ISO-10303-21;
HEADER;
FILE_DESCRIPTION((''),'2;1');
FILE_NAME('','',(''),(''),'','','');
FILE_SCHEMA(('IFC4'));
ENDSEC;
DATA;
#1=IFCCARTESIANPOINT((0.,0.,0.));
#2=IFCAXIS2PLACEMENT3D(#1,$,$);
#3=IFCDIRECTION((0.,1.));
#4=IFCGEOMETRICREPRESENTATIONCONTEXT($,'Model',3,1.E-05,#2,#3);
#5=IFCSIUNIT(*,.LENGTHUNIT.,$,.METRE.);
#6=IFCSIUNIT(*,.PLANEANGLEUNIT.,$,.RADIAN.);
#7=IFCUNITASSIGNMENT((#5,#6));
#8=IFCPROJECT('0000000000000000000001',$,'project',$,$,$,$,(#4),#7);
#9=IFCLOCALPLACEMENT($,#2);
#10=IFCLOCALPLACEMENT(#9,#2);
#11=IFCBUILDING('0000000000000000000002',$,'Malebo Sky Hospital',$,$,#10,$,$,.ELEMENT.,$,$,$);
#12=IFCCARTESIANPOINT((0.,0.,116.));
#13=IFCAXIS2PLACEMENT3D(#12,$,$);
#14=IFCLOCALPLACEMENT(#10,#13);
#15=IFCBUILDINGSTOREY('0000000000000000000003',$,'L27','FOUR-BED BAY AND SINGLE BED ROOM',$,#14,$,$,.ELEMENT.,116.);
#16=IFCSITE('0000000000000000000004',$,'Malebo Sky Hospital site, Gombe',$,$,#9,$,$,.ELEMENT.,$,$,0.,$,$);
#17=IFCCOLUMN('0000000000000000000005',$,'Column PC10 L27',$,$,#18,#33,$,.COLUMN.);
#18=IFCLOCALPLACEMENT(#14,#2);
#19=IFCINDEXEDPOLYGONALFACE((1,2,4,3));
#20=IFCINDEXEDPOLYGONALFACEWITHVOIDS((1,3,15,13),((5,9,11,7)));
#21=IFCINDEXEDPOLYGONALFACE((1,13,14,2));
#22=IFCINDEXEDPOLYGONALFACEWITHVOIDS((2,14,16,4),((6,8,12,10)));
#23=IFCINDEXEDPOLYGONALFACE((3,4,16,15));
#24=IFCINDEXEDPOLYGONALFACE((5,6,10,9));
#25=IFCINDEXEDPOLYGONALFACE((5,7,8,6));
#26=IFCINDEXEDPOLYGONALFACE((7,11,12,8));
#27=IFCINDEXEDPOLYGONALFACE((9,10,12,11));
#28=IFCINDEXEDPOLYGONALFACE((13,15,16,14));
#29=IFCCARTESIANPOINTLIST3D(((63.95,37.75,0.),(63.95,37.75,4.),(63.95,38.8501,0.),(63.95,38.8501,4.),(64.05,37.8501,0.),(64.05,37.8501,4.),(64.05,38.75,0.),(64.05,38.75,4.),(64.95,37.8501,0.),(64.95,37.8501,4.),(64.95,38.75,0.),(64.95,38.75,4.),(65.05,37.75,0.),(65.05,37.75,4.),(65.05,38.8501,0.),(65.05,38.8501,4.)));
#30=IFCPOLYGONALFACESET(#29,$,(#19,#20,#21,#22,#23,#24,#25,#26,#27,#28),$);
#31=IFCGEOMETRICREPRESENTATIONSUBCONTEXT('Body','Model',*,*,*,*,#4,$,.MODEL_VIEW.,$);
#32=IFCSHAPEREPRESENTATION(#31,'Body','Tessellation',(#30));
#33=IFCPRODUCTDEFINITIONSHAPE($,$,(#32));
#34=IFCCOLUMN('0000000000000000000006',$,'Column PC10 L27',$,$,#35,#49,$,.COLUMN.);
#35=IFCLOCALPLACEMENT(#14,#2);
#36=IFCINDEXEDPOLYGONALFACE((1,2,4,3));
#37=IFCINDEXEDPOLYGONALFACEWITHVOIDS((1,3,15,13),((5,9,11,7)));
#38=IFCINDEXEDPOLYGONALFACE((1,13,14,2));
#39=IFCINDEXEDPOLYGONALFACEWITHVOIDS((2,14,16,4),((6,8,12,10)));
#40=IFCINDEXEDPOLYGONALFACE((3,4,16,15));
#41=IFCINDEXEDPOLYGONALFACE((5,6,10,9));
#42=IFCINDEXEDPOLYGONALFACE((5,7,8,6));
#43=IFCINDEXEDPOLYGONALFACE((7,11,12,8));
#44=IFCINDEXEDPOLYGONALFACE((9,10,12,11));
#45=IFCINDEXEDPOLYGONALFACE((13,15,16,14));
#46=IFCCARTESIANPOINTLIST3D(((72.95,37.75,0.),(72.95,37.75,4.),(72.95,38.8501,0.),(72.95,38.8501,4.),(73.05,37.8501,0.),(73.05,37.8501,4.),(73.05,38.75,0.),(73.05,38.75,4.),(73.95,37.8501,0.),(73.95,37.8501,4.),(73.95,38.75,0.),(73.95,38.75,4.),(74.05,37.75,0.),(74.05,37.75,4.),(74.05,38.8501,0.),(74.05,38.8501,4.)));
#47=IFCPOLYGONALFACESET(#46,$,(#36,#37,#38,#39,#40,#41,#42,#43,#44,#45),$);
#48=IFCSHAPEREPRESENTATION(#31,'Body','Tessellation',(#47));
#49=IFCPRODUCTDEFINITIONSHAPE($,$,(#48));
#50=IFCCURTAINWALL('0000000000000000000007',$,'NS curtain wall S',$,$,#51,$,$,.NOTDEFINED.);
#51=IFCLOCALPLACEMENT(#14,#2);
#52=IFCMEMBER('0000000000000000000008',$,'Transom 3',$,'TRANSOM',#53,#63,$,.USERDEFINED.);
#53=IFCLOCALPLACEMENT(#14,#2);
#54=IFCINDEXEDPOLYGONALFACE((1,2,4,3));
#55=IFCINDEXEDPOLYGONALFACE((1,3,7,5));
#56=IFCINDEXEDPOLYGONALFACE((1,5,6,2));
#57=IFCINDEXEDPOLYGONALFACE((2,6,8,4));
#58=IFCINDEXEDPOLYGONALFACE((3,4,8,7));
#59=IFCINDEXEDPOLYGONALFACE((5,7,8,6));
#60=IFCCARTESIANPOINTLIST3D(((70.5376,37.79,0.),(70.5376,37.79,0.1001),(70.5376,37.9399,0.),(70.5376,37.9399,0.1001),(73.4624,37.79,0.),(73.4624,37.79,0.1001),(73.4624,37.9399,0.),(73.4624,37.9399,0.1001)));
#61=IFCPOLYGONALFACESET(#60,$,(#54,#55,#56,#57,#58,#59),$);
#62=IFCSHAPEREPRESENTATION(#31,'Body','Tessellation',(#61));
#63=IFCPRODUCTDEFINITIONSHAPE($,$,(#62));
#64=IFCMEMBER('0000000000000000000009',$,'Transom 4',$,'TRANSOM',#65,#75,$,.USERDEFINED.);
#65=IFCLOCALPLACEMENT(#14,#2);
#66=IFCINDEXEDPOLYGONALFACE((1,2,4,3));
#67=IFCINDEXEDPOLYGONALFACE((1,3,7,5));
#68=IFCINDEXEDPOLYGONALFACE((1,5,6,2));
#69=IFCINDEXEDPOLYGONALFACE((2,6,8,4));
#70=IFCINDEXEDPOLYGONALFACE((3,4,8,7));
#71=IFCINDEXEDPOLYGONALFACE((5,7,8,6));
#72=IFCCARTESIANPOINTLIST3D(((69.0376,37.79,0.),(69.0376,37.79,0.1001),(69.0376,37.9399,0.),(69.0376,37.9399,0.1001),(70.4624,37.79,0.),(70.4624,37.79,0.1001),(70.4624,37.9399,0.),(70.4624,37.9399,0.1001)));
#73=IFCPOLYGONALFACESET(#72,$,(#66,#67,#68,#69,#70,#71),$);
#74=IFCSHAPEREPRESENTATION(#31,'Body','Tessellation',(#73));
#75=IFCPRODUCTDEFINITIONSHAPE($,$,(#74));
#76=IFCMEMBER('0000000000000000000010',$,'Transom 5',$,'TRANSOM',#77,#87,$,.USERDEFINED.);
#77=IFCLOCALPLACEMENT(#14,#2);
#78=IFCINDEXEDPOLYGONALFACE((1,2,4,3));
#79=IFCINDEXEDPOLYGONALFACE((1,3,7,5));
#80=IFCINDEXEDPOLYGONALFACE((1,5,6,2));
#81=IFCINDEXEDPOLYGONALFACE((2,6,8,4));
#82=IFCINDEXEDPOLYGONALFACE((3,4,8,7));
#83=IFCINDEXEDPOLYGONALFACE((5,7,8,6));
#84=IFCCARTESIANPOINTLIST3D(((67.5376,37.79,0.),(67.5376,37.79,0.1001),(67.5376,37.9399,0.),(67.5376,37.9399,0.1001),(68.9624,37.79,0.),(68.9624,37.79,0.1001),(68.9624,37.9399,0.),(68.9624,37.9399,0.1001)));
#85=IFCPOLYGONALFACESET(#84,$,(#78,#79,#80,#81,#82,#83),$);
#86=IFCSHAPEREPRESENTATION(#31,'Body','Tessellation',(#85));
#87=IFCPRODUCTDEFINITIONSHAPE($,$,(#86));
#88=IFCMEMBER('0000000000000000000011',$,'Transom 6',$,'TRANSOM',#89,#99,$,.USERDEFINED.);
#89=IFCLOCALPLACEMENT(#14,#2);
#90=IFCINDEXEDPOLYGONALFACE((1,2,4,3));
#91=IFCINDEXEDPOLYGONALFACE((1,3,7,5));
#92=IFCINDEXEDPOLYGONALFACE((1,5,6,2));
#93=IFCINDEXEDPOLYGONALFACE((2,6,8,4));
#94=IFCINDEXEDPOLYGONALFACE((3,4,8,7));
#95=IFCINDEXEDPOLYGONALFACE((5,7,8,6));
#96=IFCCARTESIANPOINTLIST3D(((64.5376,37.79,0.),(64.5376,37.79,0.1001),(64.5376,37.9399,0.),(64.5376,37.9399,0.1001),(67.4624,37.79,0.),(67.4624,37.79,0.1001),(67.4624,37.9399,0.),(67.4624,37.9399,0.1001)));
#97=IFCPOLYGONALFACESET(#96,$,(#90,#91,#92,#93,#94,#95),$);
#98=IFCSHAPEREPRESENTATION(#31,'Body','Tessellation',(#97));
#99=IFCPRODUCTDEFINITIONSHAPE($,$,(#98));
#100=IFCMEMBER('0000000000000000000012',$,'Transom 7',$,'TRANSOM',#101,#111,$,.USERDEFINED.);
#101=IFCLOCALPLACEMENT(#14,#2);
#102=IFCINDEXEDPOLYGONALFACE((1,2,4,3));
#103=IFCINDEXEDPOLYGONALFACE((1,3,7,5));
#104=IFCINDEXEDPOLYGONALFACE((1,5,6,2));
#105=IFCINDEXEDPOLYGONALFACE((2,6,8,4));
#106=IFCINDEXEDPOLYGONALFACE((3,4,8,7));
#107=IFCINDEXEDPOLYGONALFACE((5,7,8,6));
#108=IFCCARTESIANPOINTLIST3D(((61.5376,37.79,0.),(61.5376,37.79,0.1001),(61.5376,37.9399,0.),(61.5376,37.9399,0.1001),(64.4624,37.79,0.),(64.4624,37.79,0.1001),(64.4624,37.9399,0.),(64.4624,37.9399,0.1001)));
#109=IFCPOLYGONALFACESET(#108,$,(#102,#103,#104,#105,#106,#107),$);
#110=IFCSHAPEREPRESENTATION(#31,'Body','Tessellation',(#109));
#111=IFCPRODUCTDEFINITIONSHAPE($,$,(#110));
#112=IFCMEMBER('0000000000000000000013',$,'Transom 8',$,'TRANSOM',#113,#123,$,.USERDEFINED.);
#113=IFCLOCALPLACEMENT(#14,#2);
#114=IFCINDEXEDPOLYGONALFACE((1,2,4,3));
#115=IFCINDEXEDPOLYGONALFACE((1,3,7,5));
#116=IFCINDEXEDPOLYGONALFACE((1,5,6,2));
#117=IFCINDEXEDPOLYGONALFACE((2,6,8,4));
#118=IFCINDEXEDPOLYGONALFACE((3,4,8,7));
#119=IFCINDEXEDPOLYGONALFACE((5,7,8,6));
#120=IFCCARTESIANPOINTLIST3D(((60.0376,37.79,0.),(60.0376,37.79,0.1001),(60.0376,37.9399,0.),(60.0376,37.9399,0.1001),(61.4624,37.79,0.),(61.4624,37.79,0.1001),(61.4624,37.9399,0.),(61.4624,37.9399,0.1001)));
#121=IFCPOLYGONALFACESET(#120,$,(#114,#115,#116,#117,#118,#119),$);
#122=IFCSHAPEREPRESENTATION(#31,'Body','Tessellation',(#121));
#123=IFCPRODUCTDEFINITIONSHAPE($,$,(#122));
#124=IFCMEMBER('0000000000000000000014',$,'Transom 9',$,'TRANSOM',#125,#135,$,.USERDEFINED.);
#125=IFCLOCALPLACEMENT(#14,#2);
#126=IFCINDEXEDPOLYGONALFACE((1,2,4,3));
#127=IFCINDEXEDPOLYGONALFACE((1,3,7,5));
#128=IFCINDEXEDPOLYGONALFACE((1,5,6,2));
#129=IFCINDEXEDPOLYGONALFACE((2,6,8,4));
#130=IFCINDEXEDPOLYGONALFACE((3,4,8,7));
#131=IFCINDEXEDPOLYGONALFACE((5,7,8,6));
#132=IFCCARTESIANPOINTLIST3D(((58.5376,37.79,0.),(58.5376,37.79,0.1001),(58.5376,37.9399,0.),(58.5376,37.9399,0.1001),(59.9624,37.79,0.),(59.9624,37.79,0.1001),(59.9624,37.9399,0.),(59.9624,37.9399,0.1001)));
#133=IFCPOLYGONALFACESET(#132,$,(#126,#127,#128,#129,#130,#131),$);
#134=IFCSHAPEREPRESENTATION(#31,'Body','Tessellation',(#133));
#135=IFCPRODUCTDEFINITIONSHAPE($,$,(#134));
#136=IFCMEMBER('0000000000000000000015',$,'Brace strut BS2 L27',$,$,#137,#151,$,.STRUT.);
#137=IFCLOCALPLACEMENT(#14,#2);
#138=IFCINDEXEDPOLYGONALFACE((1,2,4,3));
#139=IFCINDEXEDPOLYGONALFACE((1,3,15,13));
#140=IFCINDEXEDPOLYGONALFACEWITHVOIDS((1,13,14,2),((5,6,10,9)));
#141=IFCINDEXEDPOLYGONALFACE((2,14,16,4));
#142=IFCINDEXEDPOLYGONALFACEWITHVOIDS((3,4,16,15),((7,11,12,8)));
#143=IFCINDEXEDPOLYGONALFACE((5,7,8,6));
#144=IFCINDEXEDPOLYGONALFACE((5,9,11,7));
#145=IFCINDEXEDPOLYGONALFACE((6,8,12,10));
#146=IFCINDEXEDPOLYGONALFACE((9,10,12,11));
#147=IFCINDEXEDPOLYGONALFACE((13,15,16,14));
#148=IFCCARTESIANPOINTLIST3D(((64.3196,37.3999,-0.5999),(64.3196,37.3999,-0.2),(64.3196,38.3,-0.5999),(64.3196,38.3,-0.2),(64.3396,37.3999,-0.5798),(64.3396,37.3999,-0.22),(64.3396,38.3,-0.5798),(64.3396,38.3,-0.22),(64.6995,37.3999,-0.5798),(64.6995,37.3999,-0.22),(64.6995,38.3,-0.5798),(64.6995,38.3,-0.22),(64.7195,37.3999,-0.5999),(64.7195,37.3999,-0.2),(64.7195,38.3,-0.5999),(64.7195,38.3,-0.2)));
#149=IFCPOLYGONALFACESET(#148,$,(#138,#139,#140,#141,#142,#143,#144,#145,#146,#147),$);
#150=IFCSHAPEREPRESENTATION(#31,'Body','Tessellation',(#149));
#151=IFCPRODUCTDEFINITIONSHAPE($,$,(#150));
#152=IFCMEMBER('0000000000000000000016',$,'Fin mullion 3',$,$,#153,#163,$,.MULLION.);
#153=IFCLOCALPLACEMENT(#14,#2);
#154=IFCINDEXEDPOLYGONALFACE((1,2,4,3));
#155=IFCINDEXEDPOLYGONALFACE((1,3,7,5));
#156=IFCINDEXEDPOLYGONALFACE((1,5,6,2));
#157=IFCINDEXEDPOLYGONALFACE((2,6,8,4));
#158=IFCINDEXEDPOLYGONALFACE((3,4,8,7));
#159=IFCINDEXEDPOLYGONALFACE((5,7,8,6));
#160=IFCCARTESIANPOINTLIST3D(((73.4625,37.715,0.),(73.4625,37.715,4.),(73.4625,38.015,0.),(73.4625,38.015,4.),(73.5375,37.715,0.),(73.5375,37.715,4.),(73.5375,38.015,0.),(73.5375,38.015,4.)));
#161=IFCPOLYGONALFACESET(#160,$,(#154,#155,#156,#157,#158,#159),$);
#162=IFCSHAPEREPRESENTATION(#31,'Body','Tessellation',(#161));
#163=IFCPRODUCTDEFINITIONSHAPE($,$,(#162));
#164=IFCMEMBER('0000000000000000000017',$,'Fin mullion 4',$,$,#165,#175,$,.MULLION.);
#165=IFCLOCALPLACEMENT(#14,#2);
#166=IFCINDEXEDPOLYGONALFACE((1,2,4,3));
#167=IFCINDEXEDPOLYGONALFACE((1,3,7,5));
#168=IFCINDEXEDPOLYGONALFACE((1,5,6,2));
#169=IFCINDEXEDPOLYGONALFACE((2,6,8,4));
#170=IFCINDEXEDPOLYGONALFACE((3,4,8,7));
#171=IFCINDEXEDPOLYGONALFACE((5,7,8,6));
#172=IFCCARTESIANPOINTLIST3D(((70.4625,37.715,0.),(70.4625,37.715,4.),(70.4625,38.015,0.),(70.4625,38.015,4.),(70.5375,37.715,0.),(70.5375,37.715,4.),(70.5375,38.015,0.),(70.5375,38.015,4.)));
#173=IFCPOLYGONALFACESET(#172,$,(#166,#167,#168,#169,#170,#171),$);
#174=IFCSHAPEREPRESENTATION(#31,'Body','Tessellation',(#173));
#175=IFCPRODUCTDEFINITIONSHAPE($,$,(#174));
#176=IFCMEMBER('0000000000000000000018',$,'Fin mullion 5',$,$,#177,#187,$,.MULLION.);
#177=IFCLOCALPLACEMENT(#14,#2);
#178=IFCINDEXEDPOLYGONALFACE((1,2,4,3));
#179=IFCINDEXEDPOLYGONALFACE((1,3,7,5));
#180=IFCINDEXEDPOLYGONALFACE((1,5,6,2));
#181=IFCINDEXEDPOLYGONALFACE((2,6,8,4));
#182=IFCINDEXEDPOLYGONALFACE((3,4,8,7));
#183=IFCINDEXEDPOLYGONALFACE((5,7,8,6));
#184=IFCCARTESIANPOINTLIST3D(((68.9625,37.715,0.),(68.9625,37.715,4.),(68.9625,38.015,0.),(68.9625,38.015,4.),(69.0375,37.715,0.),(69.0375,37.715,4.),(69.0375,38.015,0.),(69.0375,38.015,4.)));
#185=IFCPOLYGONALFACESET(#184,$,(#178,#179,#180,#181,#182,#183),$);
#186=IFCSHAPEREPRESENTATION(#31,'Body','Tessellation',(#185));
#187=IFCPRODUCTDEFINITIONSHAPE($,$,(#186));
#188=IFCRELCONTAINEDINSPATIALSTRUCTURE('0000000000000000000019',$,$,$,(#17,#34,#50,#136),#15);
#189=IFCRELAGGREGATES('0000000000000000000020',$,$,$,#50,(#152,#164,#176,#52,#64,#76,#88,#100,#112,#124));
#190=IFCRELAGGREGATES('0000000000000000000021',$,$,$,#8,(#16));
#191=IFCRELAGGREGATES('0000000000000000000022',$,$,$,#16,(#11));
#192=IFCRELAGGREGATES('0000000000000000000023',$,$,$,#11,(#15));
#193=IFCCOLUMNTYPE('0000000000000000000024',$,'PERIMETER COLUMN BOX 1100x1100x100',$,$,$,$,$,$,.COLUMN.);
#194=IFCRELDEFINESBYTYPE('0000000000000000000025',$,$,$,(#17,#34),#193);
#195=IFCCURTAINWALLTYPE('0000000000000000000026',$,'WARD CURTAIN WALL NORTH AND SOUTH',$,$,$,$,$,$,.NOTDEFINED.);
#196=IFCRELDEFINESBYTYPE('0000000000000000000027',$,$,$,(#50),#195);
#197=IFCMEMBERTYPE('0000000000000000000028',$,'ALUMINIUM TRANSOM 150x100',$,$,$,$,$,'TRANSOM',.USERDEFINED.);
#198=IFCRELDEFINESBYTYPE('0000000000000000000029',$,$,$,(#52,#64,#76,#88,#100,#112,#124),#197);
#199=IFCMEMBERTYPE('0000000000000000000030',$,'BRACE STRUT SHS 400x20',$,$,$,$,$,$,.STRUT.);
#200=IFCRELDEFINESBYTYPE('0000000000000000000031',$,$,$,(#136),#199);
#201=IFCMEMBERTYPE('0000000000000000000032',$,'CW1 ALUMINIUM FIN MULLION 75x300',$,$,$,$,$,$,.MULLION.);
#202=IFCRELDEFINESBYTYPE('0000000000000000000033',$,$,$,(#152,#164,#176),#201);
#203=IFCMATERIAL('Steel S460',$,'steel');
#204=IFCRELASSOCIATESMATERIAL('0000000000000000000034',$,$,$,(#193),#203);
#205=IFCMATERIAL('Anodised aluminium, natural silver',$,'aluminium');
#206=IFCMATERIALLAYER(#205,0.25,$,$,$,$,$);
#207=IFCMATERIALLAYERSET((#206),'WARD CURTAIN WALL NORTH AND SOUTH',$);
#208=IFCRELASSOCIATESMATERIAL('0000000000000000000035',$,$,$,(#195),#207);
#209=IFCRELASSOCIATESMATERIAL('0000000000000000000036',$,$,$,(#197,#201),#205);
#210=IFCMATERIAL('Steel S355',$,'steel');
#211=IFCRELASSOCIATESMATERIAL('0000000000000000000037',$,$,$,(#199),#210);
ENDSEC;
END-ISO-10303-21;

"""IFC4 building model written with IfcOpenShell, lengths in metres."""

from ifc_helpers import new_model, si_unit, direction, frame, origin, origin_2d, place, context, subcontext, project, spatial, rectangle, hollow_rectangle, extrude, material, layer, layer_set, material_profile, profile_set, type_object, element, aggregate, save


model = new_model("IFC4")

# Units and contexts
model_context = context("Model", 3, precision=1e-05, world=origin(), true_north=direction((0.0, 1.0)))
body_context = subcontext(model_context, "Body", "Model", "MODEL_VIEW")
ifc_project = project(units=[si_unit("LENGTHUNIT", "METRE"), si_unit("PLANEANGLEUNIT", "RADIAN")], contexts=[model_context])

# Site, building, storey
site_placement = place(None, origin())
site = spatial("IfcSite", under=ifc_project, at=site_placement, Name="Malebo Sky Hospital site, Gombe", CompositionType="ELEMENT", RefElevation=0.0)
building_placement = place(site_placement, origin())
building = spatial("IfcBuilding", under=site, at=building_placement, Name="Malebo Sky Hospital", CompositionType="ELEMENT")
storey_placement = place(building_placement, frame((0.0, 0.0, 116.0)))
storey = spatial("IfcBuildingStorey", under=building, at=storey_placement, Name="L27", Description="FOUR-BED BAY AND SINGLE BED ROOM", CompositionType="ELEMENT", Elevation=116.0)

# Columns
ifc_material_1 = material(Name="Steel S460", Category="steel")
ifc_material_profile_1 = material_profile(ifc_material_1, hollow_rectangle(XDim=1.1001, YDim=1.1001, WallThickness=0.1001, at=origin_2d()), Name="BOX 1100x1100x100")
ifc_profile_set_1 = profile_set([ifc_material_profile_1], Name="Steel S460")
column_type = type_object("IfcColumnType", Name="PERIMETER COLUMN BOX 1100x1100x100", PredefinedType="COLUMN", material=ifc_profile_set_1)
for number, where, z_axis, x_axis, name in (
    (1, (64.5, 38.3, 0.0), (0.0, 0.0, 1.0), (1.0, 0.0, 0.0), "Column PC10 L27"),
    (2, (73.5, 38.3, 0.0), (0.0, 0.0, 1.0), (1.0, 0.0, 0.0), "Column PC10 L27"),
):
    element("IfcColumn", number, at=place(storey_placement, frame(where, z_axis=z_axis, x_axis=x_axis)), inside=storey, type_object=column_type, Name=name, PredefinedType="COLUMN", context=body_context, shape_type="SweptSolid", body=[
        extrude(hollow_rectangle(XDim=1.1001, YDim=1.1001, WallThickness=0.1001, at=origin_2d()), origin(), (0.0, 0.0, 1.0), 4.0),
    ])

# Curtain wall, members
ifc_material_2 = material(Name="Anodised aluminium, natural silver", Category="aluminium")
ifc_layer_1 = layer(ifc_material_2, 0.25)
ifc_layer_set_1 = layer_set([ifc_layer_1], Name="WARD CURTAIN WALL NORTH AND SOUTH")
curtain_wall_type = type_object("IfcCurtainWallType", Name="WARD CURTAIN WALL NORTH AND SOUTH", PredefinedType="NOTDEFINED", material=ifc_layer_set_1)
curtain_wall_placement = place(storey_placement, origin())
curtain_wall = element("IfcCurtainWall", 3, at=curtain_wall_placement, inside=storey, type_object=curtain_wall_type, Name="NS curtain wall S", PredefinedType="NOTDEFINED")
ifc_material_profile_2 = material_profile(ifc_material_2, rectangle(XDim=0.1499, YDim=0.1001, at=origin_2d()), Name="ALUMINIUM TRANSOM 150x100")
ifc_profile_set_2 = profile_set([ifc_material_profile_2], Name="Anodised aluminium, natural silver")
member_type_1 = type_object("IfcMemberType", Name="ALUMINIUM TRANSOM 150x100", ElementType="TRANSOM", PredefinedType="USERDEFINED", material=ifc_profile_set_2)
member_1_placement = place(storey_placement, frame((73.4624, 37.865, 0.05), z_axis=(-1.0, 0.0, 0.0), x_axis=(0.0, -1.0, 0.0)))
member_1 = element("IfcMember", 4, at=member_1_placement, type_object=member_type_1, Name="Transom 3", ObjectType="TRANSOM", PredefinedType="USERDEFINED", context=body_context, shape_type="SweptSolid", body=[
    extrude(rectangle(XDim=0.1499, YDim=0.1001, at=origin_2d()), origin(), (0.0, 0.0, 1.0), 2.9248),
])
member_2_placement = place(storey_placement, frame((70.4624, 37.865, 0.05), z_axis=(-1.0, 0.0, 0.0), x_axis=(0.0, -1.0, 0.0)))
member_2 = element("IfcMember", 5, at=member_2_placement, type_object=member_type_1, Name="Transom 4", ObjectType="TRANSOM", PredefinedType="USERDEFINED", context=body_context, shape_type="SweptSolid", body=[
    extrude(rectangle(XDim=0.1499, YDim=0.1001, at=origin_2d()), origin(), (0.0, 0.0, 1.0), 1.4248),
])
member_3_placement = place(storey_placement, frame((68.9624, 37.865, 0.05), z_axis=(-1.0, 0.0, 0.0), x_axis=(0.0, -1.0, 0.0)))
member_3 = element("IfcMember", 6, at=member_3_placement, type_object=member_type_1, Name="Transom 5", ObjectType="TRANSOM", PredefinedType="USERDEFINED", context=body_context, shape_type="SweptSolid", body=[
    extrude(rectangle(XDim=0.1499, YDim=0.1001, at=origin_2d()), origin(), (0.0, 0.0, 1.0), 1.4248),
])
member_4_placement = place(storey_placement, frame((67.4624, 37.865, 0.05), z_axis=(-1.0, 0.0, 0.0), x_axis=(0.0, -1.0, 0.0)))
member_4 = element("IfcMember", 7, at=member_4_placement, type_object=member_type_1, Name="Transom 6", ObjectType="TRANSOM", PredefinedType="USERDEFINED", context=body_context, shape_type="SweptSolid", body=[
    extrude(rectangle(XDim=0.1499, YDim=0.1001, at=origin_2d()), origin(), (0.0, 0.0, 1.0), 2.9248),
])
member_5_placement = place(storey_placement, frame((64.4624, 37.865, 0.05), z_axis=(-1.0, 0.0, 0.0), x_axis=(0.0, -1.0, 0.0)))
member_5 = element("IfcMember", 8, at=member_5_placement, type_object=member_type_1, Name="Transom 7", ObjectType="TRANSOM", PredefinedType="USERDEFINED", context=body_context, shape_type="SweptSolid", body=[
    extrude(rectangle(XDim=0.1499, YDim=0.1001, at=origin_2d()), origin(), (0.0, 0.0, 1.0), 2.9248),
])
member_6_placement = place(storey_placement, frame((61.4624, 37.865, 0.05), z_axis=(-1.0, 0.0, 0.0), x_axis=(0.0, -1.0, 0.0)))
member_6 = element("IfcMember", 9, at=member_6_placement, type_object=member_type_1, Name="Transom 8", ObjectType="TRANSOM", PredefinedType="USERDEFINED", context=body_context, shape_type="SweptSolid", body=[
    extrude(rectangle(XDim=0.1499, YDim=0.1001, at=origin_2d()), origin(), (0.0, 0.0, 1.0), 1.4248),
])
member_7_placement = place(storey_placement, frame((59.9624, 37.865, 0.05), z_axis=(-1.0, 0.0, 0.0), x_axis=(0.0, -1.0, 0.0)))
member_7 = element("IfcMember", 10, at=member_7_placement, type_object=member_type_1, Name="Transom 9", ObjectType="TRANSOM", PredefinedType="USERDEFINED", context=body_context, shape_type="SweptSolid", body=[
    extrude(rectangle(XDim=0.1499, YDim=0.1001, at=origin_2d()), origin(), (0.0, 0.0, 1.0), 1.4248),
])

# Members
ifc_material_3 = material(Name="Steel S355", Category="steel")
ifc_material_profile_3 = material_profile(ifc_material_3, hollow_rectangle(XDim=0.3999, YDim=0.3999, WallThickness=0.02, at=origin_2d()), Name="SHS 400x20")
ifc_profile_set_3 = profile_set([ifc_material_profile_3], Name="Steel S355")
member_type_2 = type_object("IfcMemberType", Name="BRACE STRUT SHS 400x20", PredefinedType="STRUT", material=ifc_profile_set_3)
member_8_placement = place(storey_placement, frame((64.5195, 37.3999, -0.3999), z_axis=(0.0, 1.0, 0.0), x_axis=(-1.0, 0.0, 0.0)))
element("IfcMember", 11, at=member_8_placement, inside=storey, type_object=member_type_2, Name="Brace strut BS2 L27", PredefinedType="STRUT", context=body_context, shape_type="SweptSolid", body=[
    extrude(hollow_rectangle(XDim=0.3999, YDim=0.3999, WallThickness=0.02, at=origin_2d()), origin(), (0.0, 0.0, 1.0), 0.9001),
])
ifc_material_profile_4 = material_profile(ifc_material_2, rectangle(XDim=0.075, YDim=0.3, at=origin_2d()), Name="CW1 ALUMINIUM FIN MULLION 75x300")
ifc_profile_set_4 = profile_set([ifc_material_profile_4], Name="Anodised aluminium, natural silver")
member_type_3 = type_object("IfcMemberType", Name="CW1 ALUMINIUM FIN MULLION 75x300", PredefinedType="MULLION", material=ifc_profile_set_4)
member_9_placement = place(storey_placement, frame((73.5, 37.865, 0.0), z_axis=(0.0, 0.0, 1.0), x_axis=(-1.0, 0.0, 0.0)))
member_9 = element("IfcMember", 12, at=member_9_placement, type_object=member_type_3, Name="Fin mullion 3", PredefinedType="MULLION", context=body_context, shape_type="SweptSolid", body=[
    extrude(rectangle(XDim=0.075, YDim=0.3, at=origin_2d()), origin(), (0.0, 0.0, 1.0), 4.0),
])
member_10_placement = place(storey_placement, frame((70.5, 37.865, 0.0), z_axis=(0.0, 0.0, 1.0), x_axis=(-1.0, 0.0, 0.0)))
member_10 = element("IfcMember", 13, at=member_10_placement, type_object=member_type_3, Name="Fin mullion 4", PredefinedType="MULLION", context=body_context, shape_type="SweptSolid", body=[
    extrude(rectangle(XDim=0.075, YDim=0.3, at=origin_2d()), origin(), (0.0, 0.0, 1.0), 4.0),
])
member_11_placement = place(storey_placement, frame((69.0, 37.865, 0.0), z_axis=(0.0, 0.0, 1.0), x_axis=(-1.0, 0.0, 0.0)))
member_11 = element("IfcMember", 14, at=member_11_placement, type_object=member_type_3, Name="Fin mullion 5", PredefinedType="MULLION", context=body_context, shape_type="SweptSolid", body=[
    extrude(rectangle(XDim=0.075, YDim=0.3, at=origin_2d()), origin(), (0.0, 0.0, 1.0), 4.0),
])

aggregate(curtain_wall, [member_9, member_10, member_11, member_1, member_2, member_3, member_4, member_5, member_6, member_7])

save(model, "model.ifc")
